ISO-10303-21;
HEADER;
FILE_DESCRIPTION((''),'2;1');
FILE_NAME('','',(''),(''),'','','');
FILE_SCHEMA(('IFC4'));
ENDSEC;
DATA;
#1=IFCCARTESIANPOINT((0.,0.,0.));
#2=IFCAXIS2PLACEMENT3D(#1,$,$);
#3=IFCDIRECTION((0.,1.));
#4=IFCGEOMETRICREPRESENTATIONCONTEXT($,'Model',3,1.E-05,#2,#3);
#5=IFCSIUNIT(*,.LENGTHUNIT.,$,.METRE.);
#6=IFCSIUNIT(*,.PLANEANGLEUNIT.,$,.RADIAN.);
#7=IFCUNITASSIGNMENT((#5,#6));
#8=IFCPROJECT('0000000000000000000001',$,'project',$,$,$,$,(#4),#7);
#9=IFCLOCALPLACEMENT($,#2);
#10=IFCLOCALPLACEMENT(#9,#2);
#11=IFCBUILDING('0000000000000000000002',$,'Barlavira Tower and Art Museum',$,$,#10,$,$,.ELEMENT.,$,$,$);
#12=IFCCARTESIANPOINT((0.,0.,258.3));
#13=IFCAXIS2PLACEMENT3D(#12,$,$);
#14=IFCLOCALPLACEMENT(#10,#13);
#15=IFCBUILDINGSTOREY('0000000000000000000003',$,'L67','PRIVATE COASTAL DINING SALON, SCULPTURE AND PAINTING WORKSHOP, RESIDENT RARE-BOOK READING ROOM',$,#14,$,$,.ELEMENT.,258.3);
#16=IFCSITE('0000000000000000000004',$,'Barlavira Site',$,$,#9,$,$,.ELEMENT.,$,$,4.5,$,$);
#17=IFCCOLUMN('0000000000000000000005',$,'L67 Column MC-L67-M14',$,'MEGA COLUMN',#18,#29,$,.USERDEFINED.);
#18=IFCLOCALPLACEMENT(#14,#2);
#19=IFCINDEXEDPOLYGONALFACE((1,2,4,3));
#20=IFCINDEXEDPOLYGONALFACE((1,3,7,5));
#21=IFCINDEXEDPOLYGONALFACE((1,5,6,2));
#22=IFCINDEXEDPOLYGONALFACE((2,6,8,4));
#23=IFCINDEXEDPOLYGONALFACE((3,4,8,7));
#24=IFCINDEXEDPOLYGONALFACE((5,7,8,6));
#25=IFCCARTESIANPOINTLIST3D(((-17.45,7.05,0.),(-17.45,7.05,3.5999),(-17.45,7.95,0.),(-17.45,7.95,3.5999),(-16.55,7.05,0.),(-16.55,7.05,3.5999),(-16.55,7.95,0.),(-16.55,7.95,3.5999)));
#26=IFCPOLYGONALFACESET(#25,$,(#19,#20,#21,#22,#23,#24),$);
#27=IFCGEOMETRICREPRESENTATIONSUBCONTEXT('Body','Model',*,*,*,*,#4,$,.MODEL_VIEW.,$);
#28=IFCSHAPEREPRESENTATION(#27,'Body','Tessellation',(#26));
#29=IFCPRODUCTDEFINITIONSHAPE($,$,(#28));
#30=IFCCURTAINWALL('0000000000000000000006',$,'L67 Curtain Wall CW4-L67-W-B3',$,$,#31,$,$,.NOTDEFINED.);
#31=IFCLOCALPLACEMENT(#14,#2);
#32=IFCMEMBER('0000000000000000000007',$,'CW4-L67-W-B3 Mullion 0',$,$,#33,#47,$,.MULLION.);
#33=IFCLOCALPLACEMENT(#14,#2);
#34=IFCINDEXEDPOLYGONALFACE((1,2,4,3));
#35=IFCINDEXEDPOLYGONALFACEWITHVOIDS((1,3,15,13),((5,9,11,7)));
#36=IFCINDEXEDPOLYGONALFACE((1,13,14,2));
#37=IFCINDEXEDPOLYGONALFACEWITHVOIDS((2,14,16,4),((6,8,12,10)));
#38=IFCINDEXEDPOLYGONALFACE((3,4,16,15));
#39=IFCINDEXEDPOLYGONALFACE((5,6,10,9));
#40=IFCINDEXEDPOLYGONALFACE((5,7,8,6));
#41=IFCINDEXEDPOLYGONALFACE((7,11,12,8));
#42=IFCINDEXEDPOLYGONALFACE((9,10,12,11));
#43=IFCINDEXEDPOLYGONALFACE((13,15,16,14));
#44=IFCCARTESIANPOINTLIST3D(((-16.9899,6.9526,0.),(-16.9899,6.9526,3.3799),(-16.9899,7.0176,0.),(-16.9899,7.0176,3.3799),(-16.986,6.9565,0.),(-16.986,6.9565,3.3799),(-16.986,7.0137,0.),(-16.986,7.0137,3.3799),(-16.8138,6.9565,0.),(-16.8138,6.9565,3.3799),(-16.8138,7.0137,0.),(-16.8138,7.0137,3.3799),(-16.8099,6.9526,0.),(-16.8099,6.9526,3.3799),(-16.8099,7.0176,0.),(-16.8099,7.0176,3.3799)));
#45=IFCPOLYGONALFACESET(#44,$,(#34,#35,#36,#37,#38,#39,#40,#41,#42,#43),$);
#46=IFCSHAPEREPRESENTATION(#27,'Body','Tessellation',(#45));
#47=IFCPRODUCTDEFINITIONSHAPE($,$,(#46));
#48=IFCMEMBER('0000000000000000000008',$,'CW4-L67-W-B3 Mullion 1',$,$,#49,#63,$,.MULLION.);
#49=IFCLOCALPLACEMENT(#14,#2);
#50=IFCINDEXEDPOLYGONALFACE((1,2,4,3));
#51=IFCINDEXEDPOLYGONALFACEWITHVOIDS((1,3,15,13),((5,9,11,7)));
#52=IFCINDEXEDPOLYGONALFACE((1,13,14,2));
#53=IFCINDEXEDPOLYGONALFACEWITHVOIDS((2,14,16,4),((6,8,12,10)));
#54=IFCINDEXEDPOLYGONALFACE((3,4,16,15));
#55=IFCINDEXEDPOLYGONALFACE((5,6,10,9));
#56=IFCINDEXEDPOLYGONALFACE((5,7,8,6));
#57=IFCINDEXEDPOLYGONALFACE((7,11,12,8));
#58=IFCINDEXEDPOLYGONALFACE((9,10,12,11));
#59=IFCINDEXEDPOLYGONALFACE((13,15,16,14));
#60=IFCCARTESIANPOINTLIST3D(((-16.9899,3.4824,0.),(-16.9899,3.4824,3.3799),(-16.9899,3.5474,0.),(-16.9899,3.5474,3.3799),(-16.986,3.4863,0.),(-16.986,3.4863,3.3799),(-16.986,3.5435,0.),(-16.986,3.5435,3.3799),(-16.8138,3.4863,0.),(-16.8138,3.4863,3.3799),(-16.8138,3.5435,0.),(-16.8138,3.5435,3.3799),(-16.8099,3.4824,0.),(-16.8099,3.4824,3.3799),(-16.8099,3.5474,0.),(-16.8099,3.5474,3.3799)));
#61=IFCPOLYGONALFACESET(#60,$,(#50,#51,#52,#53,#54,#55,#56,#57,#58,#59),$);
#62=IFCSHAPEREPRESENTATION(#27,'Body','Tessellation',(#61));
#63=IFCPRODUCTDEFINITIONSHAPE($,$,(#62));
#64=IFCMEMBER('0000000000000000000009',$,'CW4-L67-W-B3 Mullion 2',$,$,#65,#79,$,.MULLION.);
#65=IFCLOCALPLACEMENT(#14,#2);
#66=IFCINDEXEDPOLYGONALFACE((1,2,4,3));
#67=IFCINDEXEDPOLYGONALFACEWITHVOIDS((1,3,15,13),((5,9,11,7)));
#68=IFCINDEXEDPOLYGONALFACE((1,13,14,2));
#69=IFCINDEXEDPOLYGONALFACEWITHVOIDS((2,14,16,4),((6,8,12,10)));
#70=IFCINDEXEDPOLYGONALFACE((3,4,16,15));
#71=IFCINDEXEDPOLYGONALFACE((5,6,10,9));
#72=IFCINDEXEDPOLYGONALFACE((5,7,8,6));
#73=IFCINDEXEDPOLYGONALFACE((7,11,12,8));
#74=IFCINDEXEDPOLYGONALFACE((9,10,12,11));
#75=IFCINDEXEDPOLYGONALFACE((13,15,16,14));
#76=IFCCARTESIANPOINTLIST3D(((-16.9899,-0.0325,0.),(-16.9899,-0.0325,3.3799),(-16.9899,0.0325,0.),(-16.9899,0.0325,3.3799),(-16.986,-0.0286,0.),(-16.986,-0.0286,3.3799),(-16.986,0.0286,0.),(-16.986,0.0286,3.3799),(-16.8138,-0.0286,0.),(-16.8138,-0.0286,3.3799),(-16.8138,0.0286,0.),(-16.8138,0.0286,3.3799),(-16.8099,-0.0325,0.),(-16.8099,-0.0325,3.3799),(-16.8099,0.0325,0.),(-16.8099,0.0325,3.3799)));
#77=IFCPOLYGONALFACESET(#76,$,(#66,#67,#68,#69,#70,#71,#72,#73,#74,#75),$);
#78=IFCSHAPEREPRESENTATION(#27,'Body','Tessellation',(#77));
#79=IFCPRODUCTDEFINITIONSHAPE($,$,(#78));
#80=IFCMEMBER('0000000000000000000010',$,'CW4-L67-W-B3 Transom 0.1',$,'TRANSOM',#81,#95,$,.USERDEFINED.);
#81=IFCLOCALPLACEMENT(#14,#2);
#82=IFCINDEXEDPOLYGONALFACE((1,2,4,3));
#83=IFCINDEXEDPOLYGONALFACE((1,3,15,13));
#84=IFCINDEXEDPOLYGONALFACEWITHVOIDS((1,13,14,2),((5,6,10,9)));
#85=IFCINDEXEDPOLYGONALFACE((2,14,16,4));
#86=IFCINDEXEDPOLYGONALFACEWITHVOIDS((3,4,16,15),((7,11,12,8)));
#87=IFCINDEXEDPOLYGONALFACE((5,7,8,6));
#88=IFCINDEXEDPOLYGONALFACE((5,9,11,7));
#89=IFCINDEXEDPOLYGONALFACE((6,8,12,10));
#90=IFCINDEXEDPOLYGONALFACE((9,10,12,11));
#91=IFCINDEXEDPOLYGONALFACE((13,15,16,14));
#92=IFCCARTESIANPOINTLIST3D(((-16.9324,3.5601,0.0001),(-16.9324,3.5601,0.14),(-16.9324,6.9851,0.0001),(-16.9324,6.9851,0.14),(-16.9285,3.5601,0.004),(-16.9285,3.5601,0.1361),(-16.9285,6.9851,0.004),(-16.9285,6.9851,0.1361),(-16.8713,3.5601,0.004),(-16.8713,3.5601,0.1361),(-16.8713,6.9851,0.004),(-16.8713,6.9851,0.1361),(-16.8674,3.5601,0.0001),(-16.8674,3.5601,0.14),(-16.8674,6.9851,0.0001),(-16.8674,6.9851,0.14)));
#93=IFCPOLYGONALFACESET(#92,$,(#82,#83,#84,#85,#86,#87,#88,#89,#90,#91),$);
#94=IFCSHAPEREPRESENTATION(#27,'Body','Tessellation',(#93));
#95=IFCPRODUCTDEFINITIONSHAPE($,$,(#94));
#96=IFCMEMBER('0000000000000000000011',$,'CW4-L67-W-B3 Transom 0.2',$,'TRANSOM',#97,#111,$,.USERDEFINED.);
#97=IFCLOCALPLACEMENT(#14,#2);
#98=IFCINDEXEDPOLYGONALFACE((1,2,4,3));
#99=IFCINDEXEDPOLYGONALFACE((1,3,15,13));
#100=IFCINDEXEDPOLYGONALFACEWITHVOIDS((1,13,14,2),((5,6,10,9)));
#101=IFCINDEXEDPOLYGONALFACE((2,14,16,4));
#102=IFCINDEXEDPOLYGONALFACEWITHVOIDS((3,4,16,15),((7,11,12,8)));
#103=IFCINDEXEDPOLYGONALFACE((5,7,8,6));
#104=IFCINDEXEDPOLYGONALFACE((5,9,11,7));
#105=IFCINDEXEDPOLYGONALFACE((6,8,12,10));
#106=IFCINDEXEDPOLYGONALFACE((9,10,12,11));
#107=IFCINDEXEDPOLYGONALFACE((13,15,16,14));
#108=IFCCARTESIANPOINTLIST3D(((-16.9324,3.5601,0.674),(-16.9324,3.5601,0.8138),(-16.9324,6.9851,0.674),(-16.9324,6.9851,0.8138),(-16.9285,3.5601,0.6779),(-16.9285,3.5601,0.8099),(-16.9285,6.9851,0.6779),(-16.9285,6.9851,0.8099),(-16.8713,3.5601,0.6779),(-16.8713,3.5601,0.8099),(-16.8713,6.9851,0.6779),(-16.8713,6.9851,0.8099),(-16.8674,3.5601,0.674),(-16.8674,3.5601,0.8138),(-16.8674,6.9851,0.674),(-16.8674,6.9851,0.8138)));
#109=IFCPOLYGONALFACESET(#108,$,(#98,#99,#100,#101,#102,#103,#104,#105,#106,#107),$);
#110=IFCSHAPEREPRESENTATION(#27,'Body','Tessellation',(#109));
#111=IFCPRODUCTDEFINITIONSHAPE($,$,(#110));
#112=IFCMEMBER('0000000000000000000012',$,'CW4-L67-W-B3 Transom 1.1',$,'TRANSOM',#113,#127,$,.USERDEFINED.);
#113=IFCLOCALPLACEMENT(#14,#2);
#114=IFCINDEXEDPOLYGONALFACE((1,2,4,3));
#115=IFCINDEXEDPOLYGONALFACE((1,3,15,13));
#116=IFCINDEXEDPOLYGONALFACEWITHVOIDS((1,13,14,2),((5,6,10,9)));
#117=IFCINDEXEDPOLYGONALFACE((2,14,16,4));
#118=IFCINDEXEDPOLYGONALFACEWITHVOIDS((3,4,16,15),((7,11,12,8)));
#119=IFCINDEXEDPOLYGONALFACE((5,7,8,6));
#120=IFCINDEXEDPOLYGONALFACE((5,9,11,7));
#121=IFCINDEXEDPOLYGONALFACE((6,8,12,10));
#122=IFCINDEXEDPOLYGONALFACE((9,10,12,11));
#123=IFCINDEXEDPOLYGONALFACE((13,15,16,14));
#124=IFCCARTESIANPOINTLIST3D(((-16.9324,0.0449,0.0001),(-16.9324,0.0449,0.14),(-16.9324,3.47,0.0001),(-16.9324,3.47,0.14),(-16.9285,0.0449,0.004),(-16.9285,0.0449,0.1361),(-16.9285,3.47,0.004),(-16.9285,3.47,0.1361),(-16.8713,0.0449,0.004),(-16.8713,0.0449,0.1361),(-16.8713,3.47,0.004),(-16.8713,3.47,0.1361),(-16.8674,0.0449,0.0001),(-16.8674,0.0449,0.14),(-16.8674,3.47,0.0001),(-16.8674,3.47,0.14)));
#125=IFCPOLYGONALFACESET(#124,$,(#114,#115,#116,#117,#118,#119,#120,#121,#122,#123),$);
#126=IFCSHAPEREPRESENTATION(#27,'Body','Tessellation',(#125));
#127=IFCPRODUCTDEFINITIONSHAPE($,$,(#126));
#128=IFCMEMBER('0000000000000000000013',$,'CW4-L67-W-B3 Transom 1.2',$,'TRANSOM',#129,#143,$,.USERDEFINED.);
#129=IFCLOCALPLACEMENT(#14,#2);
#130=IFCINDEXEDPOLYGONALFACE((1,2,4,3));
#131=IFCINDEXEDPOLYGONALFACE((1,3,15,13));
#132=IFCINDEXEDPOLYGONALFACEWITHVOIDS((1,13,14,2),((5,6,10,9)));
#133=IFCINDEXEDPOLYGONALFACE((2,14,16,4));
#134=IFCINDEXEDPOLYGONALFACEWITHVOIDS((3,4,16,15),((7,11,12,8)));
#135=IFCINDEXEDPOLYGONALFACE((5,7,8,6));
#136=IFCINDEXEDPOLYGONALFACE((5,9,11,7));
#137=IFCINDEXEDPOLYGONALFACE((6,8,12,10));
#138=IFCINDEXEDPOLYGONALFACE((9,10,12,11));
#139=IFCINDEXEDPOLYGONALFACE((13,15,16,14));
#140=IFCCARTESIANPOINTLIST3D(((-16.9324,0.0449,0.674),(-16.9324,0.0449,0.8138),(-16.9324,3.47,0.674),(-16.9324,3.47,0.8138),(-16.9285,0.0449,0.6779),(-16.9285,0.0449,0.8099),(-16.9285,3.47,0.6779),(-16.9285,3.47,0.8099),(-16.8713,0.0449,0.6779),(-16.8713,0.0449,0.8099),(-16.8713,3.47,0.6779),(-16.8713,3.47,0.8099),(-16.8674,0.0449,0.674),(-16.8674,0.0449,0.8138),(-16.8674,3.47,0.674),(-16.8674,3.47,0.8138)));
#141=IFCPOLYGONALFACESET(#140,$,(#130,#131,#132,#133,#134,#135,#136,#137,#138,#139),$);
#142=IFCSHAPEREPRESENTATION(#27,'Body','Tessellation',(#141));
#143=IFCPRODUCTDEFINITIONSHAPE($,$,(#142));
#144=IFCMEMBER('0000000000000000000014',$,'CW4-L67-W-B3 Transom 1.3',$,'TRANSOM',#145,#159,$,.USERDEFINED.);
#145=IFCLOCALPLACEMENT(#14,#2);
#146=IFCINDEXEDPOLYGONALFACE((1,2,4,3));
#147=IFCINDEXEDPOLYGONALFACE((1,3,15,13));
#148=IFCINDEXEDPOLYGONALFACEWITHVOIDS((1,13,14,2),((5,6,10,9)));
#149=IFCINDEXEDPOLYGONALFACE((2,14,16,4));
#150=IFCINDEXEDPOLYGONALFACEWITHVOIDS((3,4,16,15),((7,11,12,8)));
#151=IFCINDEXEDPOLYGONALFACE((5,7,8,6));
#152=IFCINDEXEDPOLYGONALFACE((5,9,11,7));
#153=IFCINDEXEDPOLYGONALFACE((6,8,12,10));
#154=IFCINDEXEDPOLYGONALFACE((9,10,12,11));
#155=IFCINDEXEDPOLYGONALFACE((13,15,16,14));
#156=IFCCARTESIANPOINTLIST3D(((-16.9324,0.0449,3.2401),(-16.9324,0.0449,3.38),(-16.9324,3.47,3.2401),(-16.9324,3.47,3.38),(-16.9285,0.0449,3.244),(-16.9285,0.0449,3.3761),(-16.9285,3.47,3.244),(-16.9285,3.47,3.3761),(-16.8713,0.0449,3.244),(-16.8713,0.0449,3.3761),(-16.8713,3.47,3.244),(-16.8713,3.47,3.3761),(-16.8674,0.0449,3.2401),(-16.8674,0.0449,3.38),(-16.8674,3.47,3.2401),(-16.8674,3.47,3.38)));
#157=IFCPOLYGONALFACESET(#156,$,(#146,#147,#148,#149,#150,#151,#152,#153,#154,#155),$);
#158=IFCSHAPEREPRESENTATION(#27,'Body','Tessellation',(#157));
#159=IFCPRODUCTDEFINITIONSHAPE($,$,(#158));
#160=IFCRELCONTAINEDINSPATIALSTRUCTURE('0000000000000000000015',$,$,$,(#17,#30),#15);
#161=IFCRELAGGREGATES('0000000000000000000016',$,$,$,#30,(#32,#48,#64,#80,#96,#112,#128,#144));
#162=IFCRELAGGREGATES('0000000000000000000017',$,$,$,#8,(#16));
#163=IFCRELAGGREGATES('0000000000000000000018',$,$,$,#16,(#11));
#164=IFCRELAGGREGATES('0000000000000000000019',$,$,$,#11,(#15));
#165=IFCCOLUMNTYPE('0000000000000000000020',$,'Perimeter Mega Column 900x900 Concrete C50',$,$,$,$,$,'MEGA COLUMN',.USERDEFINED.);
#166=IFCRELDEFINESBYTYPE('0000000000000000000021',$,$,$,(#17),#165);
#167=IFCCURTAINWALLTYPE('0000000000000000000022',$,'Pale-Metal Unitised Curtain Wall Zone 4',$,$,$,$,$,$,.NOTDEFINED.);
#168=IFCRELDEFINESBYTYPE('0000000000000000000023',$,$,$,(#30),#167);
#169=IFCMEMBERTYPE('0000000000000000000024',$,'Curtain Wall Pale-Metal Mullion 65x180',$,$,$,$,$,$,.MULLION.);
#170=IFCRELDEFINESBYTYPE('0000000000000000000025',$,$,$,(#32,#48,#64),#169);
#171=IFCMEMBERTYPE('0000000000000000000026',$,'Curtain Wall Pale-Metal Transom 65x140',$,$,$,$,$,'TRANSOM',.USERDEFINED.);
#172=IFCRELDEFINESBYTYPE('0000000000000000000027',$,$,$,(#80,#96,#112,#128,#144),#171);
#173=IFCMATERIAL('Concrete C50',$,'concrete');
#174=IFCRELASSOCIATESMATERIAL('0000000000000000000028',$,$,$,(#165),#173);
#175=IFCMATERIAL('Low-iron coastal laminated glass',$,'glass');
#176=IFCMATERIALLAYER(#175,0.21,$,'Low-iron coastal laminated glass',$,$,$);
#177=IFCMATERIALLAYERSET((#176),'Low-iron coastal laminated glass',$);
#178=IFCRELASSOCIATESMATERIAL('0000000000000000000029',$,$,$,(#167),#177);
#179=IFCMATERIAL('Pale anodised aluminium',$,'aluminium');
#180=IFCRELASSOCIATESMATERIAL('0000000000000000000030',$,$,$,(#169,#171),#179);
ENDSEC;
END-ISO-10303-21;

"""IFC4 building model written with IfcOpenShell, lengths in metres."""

from ifc_helpers import new_model, si_unit, direction, frame, origin, origin_2d, place, context, subcontext, project, spatial, rectangle, hollow_rectangle, extrude, material, layer, layer_set, material_profile, profile_set, type_object, element, aggregate, save


model = new_model("IFC4")

# Units and contexts
model_context = context("Model", 3, precision=1e-05, world=origin(), true_north=direction((0.0, 1.0)))
body_context = subcontext(model_context, "Body", "Model", "MODEL_VIEW")
ifc_project = project(units=[si_unit("LENGTHUNIT", "METRE"), si_unit("PLANEANGLEUNIT", "RADIAN")], contexts=[model_context])

# Site, building, storey
site_placement = place(None, origin())
site = spatial("IfcSite", under=ifc_project, at=site_placement, Name="Barlavira Site", CompositionType="ELEMENT", RefElevation=4.5)
building_placement = place(site_placement, origin())
building = spatial("IfcBuilding", under=site, at=building_placement, Name="Barlavira Tower and Art Museum", CompositionType="ELEMENT")
storey_placement = place(building_placement, frame((0.0, 0.0, 258.3)))
storey = spatial("IfcBuildingStorey", under=building, at=storey_placement, Name="L67", Description="PRIVATE COASTAL DINING SALON, SCULPTURE AND PAINTING WORKSHOP, RESIDENT RARE-BOOK READING ROOM", CompositionType="ELEMENT", Elevation=258.3)

# Column
ifc_material_1 = material(Name="Concrete C50", Category="concrete")
ifc_material_profile_1 = material_profile(ifc_material_1, rectangle(XDim=0.8999, YDim=0.8999, at=origin_2d()), Name="RC-COL 900x900")
ifc_profile_set_1 = profile_set([ifc_material_profile_1], Name="Concrete C50")
column_type = type_object("IfcColumnType", Name="Perimeter Mega Column 900x900 Concrete C50", ElementType="MEGA COLUMN", PredefinedType="USERDEFINED", material=ifc_profile_set_1)
column_placement = place(storey_placement, frame((-17.0, 7.5, 0.0), z_axis=(0.0, 0.0, 1.0), x_axis=(1.0, 0.0, 0.0)))
element("IfcColumn", 1, at=column_placement, inside=storey, type_object=column_type, Name="L67 Column MC-L67-M14", ObjectType="MEGA COLUMN", PredefinedType="USERDEFINED", context=body_context, shape_type="SweptSolid", body=[
    extrude(rectangle(XDim=0.8999, YDim=0.8999, at=origin_2d()), origin(), (0.0, 0.0, 1.0), 3.5999),
])

# Curtain wall, members
ifc_material_2 = material(Name="Low-iron coastal laminated glass", Category="glass")
ifc_layer_1 = layer(ifc_material_2, 0.21, Name="Low-iron coastal laminated glass")
ifc_layer_set_1 = layer_set([ifc_layer_1], Name="Low-iron coastal laminated glass")
curtain_wall_type = type_object("IfcCurtainWallType", Name="Pale-Metal Unitised Curtain Wall Zone 4", PredefinedType="NOTDEFINED", material=ifc_layer_set_1)
curtain_wall_placement = place(storey_placement, origin())
curtain_wall = element("IfcCurtainWall", 2, at=curtain_wall_placement, inside=storey, type_object=curtain_wall_type, Name="L67 Curtain Wall CW4-L67-W-B3", PredefinedType="NOTDEFINED")
ifc_material_3 = material(Name="Pale anodised aluminium", Category="aluminium")
ifc_material_profile_2 = material_profile(ifc_material_3, hollow_rectangle(XDim=0.0649, YDim=0.1799, WallThickness=0.0039, at=origin_2d()), Name="ALU-MULL 65x180x4")
ifc_profile_set_2 = profile_set([ifc_material_profile_2], Name="Pale anodised aluminium")
member_type_1 = type_object("IfcMemberType", Name="Curtain Wall Pale-Metal Mullion 65x180", PredefinedType="MULLION", material=ifc_profile_set_2)
member_1_placement = place(storey_placement, frame((-16.8999, 6.9851, 0.0), z_axis=(0.0, 0.0, 1.0), x_axis=(0.0, -1.0, 0.0)))
member_1 = element("IfcMember", 3, at=member_1_placement, type_object=member_type_1, Name="CW4-L67-W-B3 Mullion 0", PredefinedType="MULLION", context=body_context, shape_type="SweptSolid", body=[
    extrude(hollow_rectangle(XDim=0.0649, YDim=0.1799, WallThickness=0.0039, at=origin_2d()), origin(), (0.0, 0.0, 1.0), 3.3799),
])
member_2_placement = place(storey_placement, frame((-16.8999, 3.5149, 0.0), z_axis=(0.0, 0.0, 1.0), x_axis=(0.0, -1.0, 0.0)))
member_2 = element("IfcMember", 4, at=member_2_placement, type_object=member_type_1, Name="CW4-L67-W-B3 Mullion 1", PredefinedType="MULLION", context=body_context, shape_type="SweptSolid", body=[
    extrude(hollow_rectangle(XDim=0.0649, YDim=0.1799, WallThickness=0.0039, at=origin_2d()), origin(), (0.0, 0.0, 1.0), 3.3799),
])
member_3_placement = place(storey_placement, frame((-16.8999, 0.0, 0.0), z_axis=(0.0, 0.0, 1.0), x_axis=(0.0, -1.0, 0.0)))
member_3 = element("IfcMember", 5, at=member_3_placement, type_object=member_type_1, Name="CW4-L67-W-B3 Mullion 2", PredefinedType="MULLION", context=body_context, shape_type="SweptSolid", body=[
    extrude(hollow_rectangle(XDim=0.0649, YDim=0.1799, WallThickness=0.0039, at=origin_2d()), origin(), (0.0, 0.0, 1.0), 3.3799),
])
ifc_material_profile_3 = material_profile(ifc_material_3, hollow_rectangle(XDim=0.0649, YDim=0.1399, WallThickness=0.0039, at=origin_2d()), Name="ALU-TRAN 65x140x4")
ifc_profile_set_3 = profile_set([ifc_material_profile_3], Name="Pale anodised aluminium")
member_type_2 = type_object("IfcMemberType", Name="Curtain Wall Pale-Metal Transom 65x140", ElementType="TRANSOM", PredefinedType="USERDEFINED", material=ifc_profile_set_3)
member_4_placement = place(storey_placement, frame((-16.8999, 6.9851, 0.0701), z_axis=(0.0, -1.0, 0.0), x_axis=(1.0, 0.0, 0.0)))
member_4 = element("IfcMember", 6, at=member_4_placement, type_object=member_type_2, Name="CW4-L67-W-B3 Transom 0.1", ObjectType="TRANSOM", PredefinedType="USERDEFINED", context=body_context, shape_type="SweptSolid", body=[
    extrude(hollow_rectangle(XDim=0.0649, YDim=0.1399, WallThickness=0.0039, at=origin_2d()), origin(), (0.0, 0.0, 1.0), 3.425),
])
member_5_placement = place(storey_placement, frame((-16.8999, 6.9851, 0.7439), z_axis=(0.0, -1.0, 0.0), x_axis=(1.0, 0.0, 0.0)))
member_5 = element("IfcMember", 7, at=member_5_placement, type_object=member_type_2, Name="CW4-L67-W-B3 Transom 0.2", ObjectType="TRANSOM", PredefinedType="USERDEFINED", context=body_context, shape_type="SweptSolid", body=[
    extrude(hollow_rectangle(XDim=0.0649, YDim=0.1399, WallThickness=0.0039, at=origin_2d()), origin(), (0.0, 0.0, 1.0), 3.425),
])
member_6_placement = place(storey_placement, frame((-16.8999, 3.47, 0.0701), z_axis=(0.0, -1.0, 0.0), x_axis=(1.0, 0.0, 0.0)))
member_6 = element("IfcMember", 8, at=member_6_placement, type_object=member_type_2, Name="CW4-L67-W-B3 Transom 1.1", ObjectType="TRANSOM", PredefinedType="USERDEFINED", context=body_context, shape_type="SweptSolid", body=[
    extrude(hollow_rectangle(XDim=0.0649, YDim=0.1399, WallThickness=0.0039, at=origin_2d()), origin(), (0.0, 0.0, 1.0), 3.425),
])
member_7_placement = place(storey_placement, frame((-16.8999, 3.47, 0.7439), z_axis=(0.0, -1.0, 0.0), x_axis=(1.0, 0.0, 0.0)))
member_7 = element("IfcMember", 9, at=member_7_placement, type_object=member_type_2, Name="CW4-L67-W-B3 Transom 1.2", ObjectType="TRANSOM", PredefinedType="USERDEFINED", context=body_context, shape_type="SweptSolid", body=[
    extrude(hollow_rectangle(XDim=0.0649, YDim=0.1399, WallThickness=0.0039, at=origin_2d()), origin(), (0.0, 0.0, 1.0), 3.425),
])
member_8_placement = place(storey_placement, frame((-16.8999, 3.47, 3.3101), z_axis=(0.0, -1.0, 0.0), x_axis=(1.0, 0.0, 0.0)))
member_8 = element("IfcMember", 10, at=member_8_placement, type_object=member_type_2, Name="CW4-L67-W-B3 Transom 1.3", ObjectType="TRANSOM", PredefinedType="USERDEFINED", context=body_context, shape_type="SweptSolid", body=[
    extrude(hollow_rectangle(XDim=0.0649, YDim=0.1399, WallThickness=0.0039, at=origin_2d()), origin(), (0.0, 0.0, 1.0), 3.425),
])

aggregate(curtain_wall, [member_1, member_2, member_3, member_4, member_5, member_6, member_7, member_8])

save(model, "model.ifc")
